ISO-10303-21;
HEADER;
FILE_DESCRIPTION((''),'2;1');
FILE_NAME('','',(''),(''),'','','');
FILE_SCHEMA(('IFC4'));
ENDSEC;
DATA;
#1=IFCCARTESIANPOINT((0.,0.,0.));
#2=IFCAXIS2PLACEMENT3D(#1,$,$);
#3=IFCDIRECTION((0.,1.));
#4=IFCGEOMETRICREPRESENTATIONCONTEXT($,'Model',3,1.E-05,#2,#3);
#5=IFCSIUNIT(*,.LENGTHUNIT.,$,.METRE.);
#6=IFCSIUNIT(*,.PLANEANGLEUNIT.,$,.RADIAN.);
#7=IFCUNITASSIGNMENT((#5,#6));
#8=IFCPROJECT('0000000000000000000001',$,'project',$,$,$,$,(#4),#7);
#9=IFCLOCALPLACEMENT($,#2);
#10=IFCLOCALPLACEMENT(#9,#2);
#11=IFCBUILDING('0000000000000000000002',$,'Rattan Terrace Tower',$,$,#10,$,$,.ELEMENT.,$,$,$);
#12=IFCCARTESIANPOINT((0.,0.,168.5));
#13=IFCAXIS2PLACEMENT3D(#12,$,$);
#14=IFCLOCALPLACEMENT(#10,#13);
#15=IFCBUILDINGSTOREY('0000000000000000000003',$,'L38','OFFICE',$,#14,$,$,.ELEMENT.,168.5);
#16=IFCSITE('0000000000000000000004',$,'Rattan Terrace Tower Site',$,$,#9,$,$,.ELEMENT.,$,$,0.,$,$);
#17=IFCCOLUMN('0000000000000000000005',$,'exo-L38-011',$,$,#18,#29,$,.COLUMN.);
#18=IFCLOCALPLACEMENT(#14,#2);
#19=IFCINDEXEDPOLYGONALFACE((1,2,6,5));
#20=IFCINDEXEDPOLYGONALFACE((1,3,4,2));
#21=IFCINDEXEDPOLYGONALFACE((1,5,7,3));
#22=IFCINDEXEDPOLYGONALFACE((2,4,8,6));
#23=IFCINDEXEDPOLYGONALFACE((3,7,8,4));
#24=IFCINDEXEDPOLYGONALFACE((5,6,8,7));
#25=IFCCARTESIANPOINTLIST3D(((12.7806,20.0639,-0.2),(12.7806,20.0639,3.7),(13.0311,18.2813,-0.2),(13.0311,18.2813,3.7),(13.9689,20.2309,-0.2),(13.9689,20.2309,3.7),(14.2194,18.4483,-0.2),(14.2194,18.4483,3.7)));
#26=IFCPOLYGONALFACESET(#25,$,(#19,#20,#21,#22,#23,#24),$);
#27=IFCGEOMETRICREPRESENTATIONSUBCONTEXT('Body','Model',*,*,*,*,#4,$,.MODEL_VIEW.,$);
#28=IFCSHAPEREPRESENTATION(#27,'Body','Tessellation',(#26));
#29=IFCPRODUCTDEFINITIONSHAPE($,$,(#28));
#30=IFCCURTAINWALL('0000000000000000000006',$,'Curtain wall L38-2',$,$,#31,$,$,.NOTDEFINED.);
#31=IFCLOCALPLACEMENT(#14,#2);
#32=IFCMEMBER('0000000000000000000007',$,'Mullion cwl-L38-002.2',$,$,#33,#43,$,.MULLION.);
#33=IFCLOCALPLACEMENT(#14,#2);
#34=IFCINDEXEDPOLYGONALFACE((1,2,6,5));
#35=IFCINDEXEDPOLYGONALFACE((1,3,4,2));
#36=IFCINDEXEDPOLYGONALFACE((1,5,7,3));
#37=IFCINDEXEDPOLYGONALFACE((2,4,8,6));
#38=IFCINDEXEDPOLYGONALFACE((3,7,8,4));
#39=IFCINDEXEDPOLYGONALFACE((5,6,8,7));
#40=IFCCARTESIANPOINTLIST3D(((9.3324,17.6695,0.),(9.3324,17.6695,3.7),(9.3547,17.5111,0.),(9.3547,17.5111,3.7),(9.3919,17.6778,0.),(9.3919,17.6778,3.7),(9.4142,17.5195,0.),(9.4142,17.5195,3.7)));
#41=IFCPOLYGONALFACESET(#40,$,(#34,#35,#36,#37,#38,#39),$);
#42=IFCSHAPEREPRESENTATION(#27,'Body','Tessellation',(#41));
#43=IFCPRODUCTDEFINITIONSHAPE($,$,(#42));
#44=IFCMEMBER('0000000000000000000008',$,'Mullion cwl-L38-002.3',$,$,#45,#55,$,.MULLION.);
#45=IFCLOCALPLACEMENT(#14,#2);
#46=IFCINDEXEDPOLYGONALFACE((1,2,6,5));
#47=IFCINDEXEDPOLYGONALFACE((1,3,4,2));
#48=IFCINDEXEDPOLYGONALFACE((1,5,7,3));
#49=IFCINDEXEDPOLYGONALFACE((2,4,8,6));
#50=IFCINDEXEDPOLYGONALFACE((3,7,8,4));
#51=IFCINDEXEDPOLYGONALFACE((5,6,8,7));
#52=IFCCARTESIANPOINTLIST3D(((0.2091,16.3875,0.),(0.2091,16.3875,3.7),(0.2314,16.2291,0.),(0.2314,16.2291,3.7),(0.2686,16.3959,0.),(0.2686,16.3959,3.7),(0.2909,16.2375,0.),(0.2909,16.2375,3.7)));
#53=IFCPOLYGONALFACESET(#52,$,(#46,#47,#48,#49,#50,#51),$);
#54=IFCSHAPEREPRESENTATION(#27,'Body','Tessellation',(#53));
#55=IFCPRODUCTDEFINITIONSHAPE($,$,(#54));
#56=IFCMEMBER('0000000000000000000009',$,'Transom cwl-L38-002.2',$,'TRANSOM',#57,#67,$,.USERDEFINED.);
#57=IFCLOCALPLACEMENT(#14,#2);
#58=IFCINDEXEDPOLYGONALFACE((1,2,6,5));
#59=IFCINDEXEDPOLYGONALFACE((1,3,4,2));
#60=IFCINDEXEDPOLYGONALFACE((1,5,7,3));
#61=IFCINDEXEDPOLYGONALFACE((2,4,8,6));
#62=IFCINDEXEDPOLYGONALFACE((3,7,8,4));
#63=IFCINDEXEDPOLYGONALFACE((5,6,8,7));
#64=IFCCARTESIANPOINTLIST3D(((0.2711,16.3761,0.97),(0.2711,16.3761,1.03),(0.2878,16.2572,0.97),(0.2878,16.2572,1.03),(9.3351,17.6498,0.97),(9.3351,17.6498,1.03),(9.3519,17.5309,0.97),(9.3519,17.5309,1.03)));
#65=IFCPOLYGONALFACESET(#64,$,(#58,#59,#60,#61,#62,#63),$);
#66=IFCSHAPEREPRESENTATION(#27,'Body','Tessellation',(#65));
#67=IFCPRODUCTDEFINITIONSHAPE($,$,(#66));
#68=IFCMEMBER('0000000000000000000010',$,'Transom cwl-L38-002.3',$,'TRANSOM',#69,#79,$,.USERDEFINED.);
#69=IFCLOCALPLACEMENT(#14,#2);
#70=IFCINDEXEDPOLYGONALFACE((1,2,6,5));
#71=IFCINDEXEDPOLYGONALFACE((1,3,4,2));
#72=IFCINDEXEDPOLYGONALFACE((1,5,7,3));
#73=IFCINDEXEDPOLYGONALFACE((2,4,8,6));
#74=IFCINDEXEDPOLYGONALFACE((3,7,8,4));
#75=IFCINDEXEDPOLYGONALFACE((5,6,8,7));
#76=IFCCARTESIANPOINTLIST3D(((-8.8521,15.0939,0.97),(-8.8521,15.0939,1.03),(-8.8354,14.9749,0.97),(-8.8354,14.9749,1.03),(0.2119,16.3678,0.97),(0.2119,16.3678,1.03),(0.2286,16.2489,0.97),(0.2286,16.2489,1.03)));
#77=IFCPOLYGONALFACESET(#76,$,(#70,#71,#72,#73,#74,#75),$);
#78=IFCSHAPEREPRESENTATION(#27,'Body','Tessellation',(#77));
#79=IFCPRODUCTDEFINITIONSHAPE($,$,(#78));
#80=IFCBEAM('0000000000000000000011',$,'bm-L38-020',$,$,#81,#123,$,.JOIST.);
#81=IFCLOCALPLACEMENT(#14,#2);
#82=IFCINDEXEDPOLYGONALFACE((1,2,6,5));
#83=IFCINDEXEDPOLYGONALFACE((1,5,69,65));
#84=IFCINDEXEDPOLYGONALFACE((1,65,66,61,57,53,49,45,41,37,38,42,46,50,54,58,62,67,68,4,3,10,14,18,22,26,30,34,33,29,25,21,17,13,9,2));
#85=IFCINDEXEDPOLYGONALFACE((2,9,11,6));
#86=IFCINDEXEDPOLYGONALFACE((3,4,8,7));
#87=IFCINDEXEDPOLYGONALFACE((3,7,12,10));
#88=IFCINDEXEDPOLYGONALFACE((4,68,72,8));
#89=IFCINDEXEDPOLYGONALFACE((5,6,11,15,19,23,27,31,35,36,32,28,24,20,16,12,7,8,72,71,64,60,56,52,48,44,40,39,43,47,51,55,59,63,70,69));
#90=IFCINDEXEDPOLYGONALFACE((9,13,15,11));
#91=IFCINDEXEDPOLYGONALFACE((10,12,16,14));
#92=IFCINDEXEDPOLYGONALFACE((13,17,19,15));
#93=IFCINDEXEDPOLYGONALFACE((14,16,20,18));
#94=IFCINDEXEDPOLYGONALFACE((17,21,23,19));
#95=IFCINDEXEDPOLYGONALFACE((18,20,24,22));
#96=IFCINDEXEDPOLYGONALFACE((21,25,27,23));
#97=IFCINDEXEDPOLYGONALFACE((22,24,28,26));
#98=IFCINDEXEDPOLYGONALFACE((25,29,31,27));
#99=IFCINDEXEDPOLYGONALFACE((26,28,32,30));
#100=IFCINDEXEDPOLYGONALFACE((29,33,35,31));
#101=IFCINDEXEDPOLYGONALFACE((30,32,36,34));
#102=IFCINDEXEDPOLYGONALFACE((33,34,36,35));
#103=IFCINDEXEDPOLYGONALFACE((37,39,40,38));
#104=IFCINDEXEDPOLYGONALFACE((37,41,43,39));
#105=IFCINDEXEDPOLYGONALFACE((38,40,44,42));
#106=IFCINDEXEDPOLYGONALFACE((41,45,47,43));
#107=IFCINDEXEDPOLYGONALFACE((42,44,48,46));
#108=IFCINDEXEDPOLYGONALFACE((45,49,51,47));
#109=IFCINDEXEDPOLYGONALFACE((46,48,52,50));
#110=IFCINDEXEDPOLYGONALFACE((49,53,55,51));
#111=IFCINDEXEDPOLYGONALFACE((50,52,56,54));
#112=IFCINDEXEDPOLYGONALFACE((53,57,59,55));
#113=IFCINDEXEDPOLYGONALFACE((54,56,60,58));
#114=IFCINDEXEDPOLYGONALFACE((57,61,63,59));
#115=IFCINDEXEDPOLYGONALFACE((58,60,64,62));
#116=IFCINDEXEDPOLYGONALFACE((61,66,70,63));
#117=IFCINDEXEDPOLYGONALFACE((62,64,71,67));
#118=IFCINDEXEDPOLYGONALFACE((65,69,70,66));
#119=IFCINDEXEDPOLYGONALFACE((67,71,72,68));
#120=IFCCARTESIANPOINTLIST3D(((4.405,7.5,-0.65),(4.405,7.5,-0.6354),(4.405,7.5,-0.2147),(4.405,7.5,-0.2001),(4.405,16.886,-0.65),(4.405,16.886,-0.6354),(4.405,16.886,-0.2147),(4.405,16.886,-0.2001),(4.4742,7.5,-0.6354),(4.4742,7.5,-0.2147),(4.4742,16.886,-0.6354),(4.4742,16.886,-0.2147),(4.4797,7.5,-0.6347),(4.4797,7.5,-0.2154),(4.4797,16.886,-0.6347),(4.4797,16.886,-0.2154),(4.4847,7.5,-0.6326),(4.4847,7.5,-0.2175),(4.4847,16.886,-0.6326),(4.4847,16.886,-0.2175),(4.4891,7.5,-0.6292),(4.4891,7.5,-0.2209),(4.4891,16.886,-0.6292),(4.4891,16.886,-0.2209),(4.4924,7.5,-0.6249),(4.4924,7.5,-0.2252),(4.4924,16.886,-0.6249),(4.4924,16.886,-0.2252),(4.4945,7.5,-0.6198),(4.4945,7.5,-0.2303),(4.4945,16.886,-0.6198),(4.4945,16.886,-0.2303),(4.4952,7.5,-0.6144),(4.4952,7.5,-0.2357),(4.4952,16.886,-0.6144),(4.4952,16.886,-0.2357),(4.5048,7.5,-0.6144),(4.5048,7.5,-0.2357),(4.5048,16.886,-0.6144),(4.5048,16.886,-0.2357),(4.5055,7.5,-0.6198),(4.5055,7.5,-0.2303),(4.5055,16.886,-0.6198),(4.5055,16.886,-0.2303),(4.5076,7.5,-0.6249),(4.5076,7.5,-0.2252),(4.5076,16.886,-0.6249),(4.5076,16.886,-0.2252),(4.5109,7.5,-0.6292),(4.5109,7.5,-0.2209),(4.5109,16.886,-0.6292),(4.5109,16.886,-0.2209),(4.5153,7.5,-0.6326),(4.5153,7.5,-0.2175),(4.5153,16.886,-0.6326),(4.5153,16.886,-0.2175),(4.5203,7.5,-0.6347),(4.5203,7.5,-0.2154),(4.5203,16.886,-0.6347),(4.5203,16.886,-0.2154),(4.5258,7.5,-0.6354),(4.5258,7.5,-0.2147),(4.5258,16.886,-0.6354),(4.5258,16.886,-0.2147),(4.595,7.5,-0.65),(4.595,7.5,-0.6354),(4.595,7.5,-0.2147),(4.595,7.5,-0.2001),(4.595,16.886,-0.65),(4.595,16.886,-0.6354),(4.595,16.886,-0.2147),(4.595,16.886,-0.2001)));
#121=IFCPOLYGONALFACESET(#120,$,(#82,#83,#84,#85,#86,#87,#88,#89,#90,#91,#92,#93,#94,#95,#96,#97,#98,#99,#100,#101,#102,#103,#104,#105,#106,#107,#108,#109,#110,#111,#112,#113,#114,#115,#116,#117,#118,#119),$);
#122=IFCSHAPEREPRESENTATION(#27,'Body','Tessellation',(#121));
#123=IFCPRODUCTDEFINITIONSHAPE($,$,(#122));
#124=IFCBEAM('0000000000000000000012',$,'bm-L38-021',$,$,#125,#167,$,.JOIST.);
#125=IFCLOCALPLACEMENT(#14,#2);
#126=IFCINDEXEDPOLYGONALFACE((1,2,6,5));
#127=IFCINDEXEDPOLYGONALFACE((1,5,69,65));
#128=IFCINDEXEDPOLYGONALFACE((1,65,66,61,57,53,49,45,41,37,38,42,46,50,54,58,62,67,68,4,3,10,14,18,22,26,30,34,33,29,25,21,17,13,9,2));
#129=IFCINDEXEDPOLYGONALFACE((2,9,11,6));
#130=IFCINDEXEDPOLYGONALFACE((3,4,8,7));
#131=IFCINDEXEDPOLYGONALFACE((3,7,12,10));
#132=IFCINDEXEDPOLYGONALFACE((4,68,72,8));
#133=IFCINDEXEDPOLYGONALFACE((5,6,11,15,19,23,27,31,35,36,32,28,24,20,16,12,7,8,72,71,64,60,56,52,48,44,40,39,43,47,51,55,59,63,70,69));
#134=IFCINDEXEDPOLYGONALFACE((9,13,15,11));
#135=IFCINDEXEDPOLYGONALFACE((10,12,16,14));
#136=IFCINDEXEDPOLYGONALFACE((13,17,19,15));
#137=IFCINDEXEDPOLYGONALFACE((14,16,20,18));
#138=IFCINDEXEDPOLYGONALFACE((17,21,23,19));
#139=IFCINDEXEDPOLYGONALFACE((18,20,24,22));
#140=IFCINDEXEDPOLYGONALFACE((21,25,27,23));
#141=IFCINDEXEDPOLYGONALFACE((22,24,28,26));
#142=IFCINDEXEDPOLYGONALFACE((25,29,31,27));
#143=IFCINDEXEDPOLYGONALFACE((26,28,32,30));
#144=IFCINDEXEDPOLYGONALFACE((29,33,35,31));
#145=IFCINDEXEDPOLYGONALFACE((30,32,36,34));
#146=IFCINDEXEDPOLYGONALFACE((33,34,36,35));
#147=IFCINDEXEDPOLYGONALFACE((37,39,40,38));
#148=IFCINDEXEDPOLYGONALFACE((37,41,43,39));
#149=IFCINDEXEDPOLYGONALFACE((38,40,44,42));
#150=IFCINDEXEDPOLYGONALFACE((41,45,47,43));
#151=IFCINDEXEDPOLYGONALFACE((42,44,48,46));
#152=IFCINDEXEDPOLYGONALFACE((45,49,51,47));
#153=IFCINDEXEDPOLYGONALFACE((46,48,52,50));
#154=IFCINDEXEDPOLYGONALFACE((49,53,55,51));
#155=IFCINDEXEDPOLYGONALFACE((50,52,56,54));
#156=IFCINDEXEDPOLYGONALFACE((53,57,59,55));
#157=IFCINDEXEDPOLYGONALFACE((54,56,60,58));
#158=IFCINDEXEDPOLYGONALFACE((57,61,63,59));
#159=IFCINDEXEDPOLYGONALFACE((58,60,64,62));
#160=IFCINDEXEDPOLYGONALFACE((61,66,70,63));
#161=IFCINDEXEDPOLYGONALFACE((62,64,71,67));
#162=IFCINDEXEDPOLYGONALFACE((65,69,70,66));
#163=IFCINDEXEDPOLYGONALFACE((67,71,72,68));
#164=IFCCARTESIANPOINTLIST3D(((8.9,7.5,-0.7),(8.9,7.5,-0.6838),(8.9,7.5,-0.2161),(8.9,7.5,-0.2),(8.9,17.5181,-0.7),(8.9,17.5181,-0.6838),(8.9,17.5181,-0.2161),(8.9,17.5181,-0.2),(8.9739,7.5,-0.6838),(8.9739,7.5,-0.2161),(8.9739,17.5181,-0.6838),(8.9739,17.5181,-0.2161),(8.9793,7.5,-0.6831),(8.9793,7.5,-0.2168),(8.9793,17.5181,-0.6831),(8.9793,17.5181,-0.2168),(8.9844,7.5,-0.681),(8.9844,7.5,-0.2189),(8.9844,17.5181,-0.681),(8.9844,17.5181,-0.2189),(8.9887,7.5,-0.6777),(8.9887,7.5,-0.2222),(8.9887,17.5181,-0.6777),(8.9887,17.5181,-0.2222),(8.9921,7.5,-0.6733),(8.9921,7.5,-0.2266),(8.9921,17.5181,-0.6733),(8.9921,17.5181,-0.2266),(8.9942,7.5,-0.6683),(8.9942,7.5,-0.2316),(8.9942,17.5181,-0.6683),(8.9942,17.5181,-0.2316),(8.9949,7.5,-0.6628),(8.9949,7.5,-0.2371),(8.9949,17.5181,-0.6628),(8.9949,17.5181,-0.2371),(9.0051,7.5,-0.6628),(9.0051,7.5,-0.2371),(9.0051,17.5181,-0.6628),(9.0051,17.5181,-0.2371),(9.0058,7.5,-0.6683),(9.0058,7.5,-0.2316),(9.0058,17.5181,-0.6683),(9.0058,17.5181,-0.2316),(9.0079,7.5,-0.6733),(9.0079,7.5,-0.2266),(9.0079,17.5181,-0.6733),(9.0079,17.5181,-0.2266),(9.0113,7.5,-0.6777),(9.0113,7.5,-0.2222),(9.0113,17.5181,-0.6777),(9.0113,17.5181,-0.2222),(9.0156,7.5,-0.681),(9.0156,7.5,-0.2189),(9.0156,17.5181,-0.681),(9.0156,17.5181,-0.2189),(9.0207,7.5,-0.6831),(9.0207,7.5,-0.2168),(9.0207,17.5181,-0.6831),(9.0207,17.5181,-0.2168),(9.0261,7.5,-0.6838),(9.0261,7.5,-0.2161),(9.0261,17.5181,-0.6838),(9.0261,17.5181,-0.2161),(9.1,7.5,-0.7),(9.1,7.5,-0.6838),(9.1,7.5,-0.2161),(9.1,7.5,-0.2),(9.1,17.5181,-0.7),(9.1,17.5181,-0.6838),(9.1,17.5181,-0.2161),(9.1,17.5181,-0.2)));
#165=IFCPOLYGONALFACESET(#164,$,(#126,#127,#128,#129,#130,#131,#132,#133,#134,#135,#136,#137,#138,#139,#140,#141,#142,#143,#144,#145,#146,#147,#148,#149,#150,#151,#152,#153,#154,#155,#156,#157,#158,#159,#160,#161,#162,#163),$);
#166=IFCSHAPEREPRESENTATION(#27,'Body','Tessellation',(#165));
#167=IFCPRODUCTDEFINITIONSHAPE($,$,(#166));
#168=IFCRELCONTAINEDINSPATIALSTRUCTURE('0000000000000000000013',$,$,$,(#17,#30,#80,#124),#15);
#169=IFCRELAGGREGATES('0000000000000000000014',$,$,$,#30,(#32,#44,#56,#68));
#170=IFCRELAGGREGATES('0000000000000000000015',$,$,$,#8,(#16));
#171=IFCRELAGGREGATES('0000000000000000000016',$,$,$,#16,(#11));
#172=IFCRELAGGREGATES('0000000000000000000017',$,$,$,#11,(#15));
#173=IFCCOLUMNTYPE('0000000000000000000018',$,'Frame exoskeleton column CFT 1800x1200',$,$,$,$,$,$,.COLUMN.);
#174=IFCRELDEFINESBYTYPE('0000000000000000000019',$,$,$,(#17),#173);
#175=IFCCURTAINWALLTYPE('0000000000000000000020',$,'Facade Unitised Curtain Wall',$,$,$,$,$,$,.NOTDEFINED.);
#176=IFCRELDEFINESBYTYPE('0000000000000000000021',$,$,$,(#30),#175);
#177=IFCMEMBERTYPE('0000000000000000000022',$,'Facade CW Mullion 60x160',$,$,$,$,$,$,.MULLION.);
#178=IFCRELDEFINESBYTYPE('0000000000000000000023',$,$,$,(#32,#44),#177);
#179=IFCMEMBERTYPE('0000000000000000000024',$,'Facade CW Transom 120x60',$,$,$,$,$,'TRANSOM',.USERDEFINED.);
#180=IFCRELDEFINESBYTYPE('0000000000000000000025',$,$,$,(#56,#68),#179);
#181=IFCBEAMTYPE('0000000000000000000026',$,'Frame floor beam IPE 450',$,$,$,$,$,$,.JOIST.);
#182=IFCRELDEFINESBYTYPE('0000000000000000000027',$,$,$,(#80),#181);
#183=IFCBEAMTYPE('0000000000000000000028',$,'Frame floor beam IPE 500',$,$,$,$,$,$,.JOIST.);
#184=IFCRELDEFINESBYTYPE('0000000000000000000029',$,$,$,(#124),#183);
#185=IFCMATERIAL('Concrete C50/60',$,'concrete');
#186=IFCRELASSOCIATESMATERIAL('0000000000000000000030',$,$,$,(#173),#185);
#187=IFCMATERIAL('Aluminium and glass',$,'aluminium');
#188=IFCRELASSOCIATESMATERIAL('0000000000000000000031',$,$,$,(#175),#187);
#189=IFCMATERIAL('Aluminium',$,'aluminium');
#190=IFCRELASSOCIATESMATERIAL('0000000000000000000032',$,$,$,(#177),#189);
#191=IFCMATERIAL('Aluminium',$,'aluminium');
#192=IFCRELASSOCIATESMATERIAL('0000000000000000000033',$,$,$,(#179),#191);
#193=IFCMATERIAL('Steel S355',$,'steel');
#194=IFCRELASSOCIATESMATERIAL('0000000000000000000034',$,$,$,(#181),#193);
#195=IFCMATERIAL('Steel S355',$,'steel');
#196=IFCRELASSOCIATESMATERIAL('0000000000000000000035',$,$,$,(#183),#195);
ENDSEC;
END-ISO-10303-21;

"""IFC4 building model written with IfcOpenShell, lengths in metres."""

from ifc_helpers import new_model, si_unit, direction, frame, origin, origin_2d, place, context, subcontext, project, spatial, rectangle, i_section, extrude, material, material_profile, profile_set, type_object, element, aggregate, save


model = new_model("IFC4")

# Units and contexts
model_context = context("Model", 3, precision=1e-05, world=origin(), true_north=direction((0.0, 1.0)))
body_context = subcontext(model_context, "Body", "Model", "MODEL_VIEW")
ifc_project = project(units=[si_unit("LENGTHUNIT", "METRE"), si_unit("PLANEANGLEUNIT", "RADIAN")], contexts=[model_context])

# Site, building, storey
site_placement = place(None, origin())
site = spatial("IfcSite", under=ifc_project, at=site_placement, Name="Rattan Terrace Tower Site", CompositionType="ELEMENT", RefElevation=0.0)
building_placement = place(site_placement, origin())
building = spatial("IfcBuilding", under=site, at=building_placement, Name="Rattan Terrace Tower", CompositionType="ELEMENT")
storey_placement = place(building_placement, frame((0.0, 0.0, 168.5)))
storey = spatial("IfcBuildingStorey", under=building, at=storey_placement, Name="L38", Description="OFFICE", CompositionType="ELEMENT", Elevation=168.5)

# Column
ifc_material_1 = material(Name="Concrete C50/60", Category="concrete")
ifc_material_profile_1 = material_profile(ifc_material_1, rectangle(XDim=1.2, YDim=1.8, at=origin_2d()), Name="CFT 1800x1200")
ifc_profile_set_1 = profile_set([ifc_material_profile_1], Name="Concrete C50/60")
column_type = type_object("IfcColumnType", Name="Frame exoskeleton column CFT 1800x1200", PredefinedType="COLUMN", material=ifc_profile_set_1)
column_placement = place(storey_placement, frame((13.5, 19.2561, -0.2), z_axis=(0.0, 0.0, 1.0), x_axis=(0.99027, 0.139156, 0.0)))
element("IfcColumn", 1, at=column_placement, inside=storey, type_object=column_type, Name="exo-L38-011", PredefinedType="COLUMN", context=body_context, shape_type="SweptSolid", body=[
    extrude(rectangle(XDim=1.2, YDim=1.8, at=origin_2d()), origin(), (0.0, 0.0, 1.0), 3.8999),
])

# Curtain wall, members
ifc_material_2 = material(Name="Aluminium and glass", Category="aluminium")
curtain_wall_type = type_object("IfcCurtainWallType", Name="Facade Unitised Curtain Wall", PredefinedType="NOTDEFINED", material=ifc_material_2)
curtain_wall_placement = place(storey_placement, origin())
curtain_wall = element("IfcCurtainWall", 2, at=curtain_wall_placement, inside=storey, type_object=curtain_wall_type, Name="Curtain wall L38-2", PredefinedType="NOTDEFINED")
ifc_material_3 = material(Name="Aluminium", Category="aluminium")
ifc_material_profile_2 = material_profile(ifc_material_3, rectangle(XDim=0.0601, YDim=0.1599, at=origin_2d()), Name="Aluminium 60x160")
ifc_profile_set_2 = profile_set([ifc_material_profile_2], Name="Aluminium")
member_type_1 = type_object("IfcMemberType", Name="Facade CW Mullion 60x160", PredefinedType="MULLION", material=ifc_profile_set_2)
member_1_placement = place(storey_placement, frame((9.3733, 17.5945, 0.0), z_axis=(0.0, 0.0, 1.0), x_axis=(-0.99027, -0.139161, 0.0)))
member_1 = element("IfcMember", 3, at=member_1_placement, type_object=member_type_1, Name="Mullion cwl-L38-002.2", PredefinedType="MULLION", context=body_context, shape_type="SweptSolid", body=[
    extrude(rectangle(XDim=0.0601, YDim=0.1599, at=origin_2d()), origin(), (0.0, 0.0, 1.0), 3.7),
])
member_2_placement = place(storey_placement, frame((0.25, 16.3125, 0.0), z_axis=(0.0, 0.0, 1.0), x_axis=(-0.99027, -0.139161, 0.0)))
member_2 = element("IfcMember", 4, at=member_2_placement, type_object=member_type_1, Name="Mullion cwl-L38-002.3", PredefinedType="MULLION", context=body_context, shape_type="SweptSolid", body=[
    extrude(rectangle(XDim=0.0601, YDim=0.1599, at=origin_2d()), origin(), (0.0, 0.0, 1.0), 3.7),
])
ifc_material_4 = material(Name="Aluminium", Category="aluminium")
ifc_material_profile_3 = material_profile(ifc_material_4, rectangle(XDim=0.1201, YDim=0.0601, at=origin_2d()), Name="Aluminium 120x60")
ifc_profile_set_3 = profile_set([ifc_material_profile_3], Name="Aluminium")
member_type_2 = type_object("IfcMemberType", Name="Facade CW Transom 120x60", ElementType="TRANSOM", PredefinedType="USERDEFINED", material=ifc_profile_set_3)
member_3_placement = place(storey_placement, frame((9.3435, 17.5903, 1.0), z_axis=(-0.990271, -0.139154, 0.0), x_axis=(0.139154, -0.990271, 0.0)))
member_3 = element("IfcMember", 5, at=member_3_placement, type_object=member_type_2, Name="Transom cwl-L38-002.2", ObjectType="TRANSOM", PredefinedType="USERDEFINED", context=body_context, shape_type="SweptSolid", body=[
    extrude(rectangle(XDim=0.1201, YDim=0.0601, at=origin_2d()), origin(), (0.0, 0.0, 1.0), 9.1531),
])
member_4_placement = place(storey_placement, frame((0.2202, 16.3083, 1.0), z_axis=(-0.990267, -0.13918, 0.0), x_axis=(0.13918, -0.990267, 0.0)))
member_4 = element("IfcMember", 6, at=member_4_placement, type_object=member_type_2, Name="Transom cwl-L38-002.3", ObjectType="TRANSOM", PredefinedType="USERDEFINED", context=body_context, shape_type="SweptSolid", body=[
    extrude(rectangle(XDim=0.1201, YDim=0.0601, at=origin_2d()), origin(), (0.0, 0.0, 1.0), 9.1531),
])

# Beams
ifc_material_5 = material(Name="Steel S355", Category="steel")
ifc_material_profile_4 = material_profile(ifc_material_5, i_section(OverallWidth=0.1899, OverallDepth=0.45, WebThickness=0.0095, FlangeThickness=0.0146, FilletRadius=0.021, at=origin_2d()), Name="IPE 450")
ifc_profile_set_4 = profile_set([ifc_material_profile_4], Name="Steel S355")
beam_type_1 = type_object("IfcBeamType", Name="Frame floor beam IPE 450", PredefinedType="JOIST", material=ifc_profile_set_4)
beam_1_placement = place(storey_placement, frame((4.5, 7.5, -0.425), z_axis=(0.0, 1.0, 0.0), x_axis=(-1.0, 0.0, 0.0)))
element("IfcBeam", 7, at=beam_1_placement, inside=storey, type_object=beam_type_1, Name="bm-L38-020", PredefinedType="JOIST", context=body_context, shape_type="SweptSolid", body=[
    extrude(i_section(OverallWidth=0.1899, OverallDepth=0.45, WebThickness=0.0095, FlangeThickness=0.0146, FilletRadius=0.021, at=origin_2d()), origin(), (0.0, 0.0, 1.0), 9.386),
])
ifc_material_6 = material(Name="Steel S355", Category="steel")
ifc_material_profile_5 = material_profile(ifc_material_6, i_section(OverallWidth=0.2, OverallDepth=0.5, WebThickness=0.0103, FlangeThickness=0.0161, FilletRadius=0.021, at=origin_2d()), Name="IPE 500")
ifc_profile_set_5 = profile_set([ifc_material_profile_5], Name="Steel S355")
beam_type_2 = type_object("IfcBeamType", Name="Frame floor beam IPE 500", PredefinedType="JOIST", material=ifc_profile_set_5)
beam_2_placement = place(storey_placement, frame((9.0, 7.5, -0.45), z_axis=(0.0, 1.0, 0.0), x_axis=(-1.0, 0.0, 0.0)))
element("IfcBeam", 8, at=beam_2_placement, inside=storey, type_object=beam_type_2, Name="bm-L38-021", PredefinedType="JOIST", context=body_context, shape_type="SweptSolid", body=[
    extrude(i_section(OverallWidth=0.2, OverallDepth=0.5, WebThickness=0.0103, FlangeThickness=0.0161, FilletRadius=0.021, at=origin_2d()), origin(), (0.0, 0.0, 1.0), 10.0181),
])

aggregate(curtain_wall, [member_1, member_2, member_3, member_4])

save(model, "model.ifc")
